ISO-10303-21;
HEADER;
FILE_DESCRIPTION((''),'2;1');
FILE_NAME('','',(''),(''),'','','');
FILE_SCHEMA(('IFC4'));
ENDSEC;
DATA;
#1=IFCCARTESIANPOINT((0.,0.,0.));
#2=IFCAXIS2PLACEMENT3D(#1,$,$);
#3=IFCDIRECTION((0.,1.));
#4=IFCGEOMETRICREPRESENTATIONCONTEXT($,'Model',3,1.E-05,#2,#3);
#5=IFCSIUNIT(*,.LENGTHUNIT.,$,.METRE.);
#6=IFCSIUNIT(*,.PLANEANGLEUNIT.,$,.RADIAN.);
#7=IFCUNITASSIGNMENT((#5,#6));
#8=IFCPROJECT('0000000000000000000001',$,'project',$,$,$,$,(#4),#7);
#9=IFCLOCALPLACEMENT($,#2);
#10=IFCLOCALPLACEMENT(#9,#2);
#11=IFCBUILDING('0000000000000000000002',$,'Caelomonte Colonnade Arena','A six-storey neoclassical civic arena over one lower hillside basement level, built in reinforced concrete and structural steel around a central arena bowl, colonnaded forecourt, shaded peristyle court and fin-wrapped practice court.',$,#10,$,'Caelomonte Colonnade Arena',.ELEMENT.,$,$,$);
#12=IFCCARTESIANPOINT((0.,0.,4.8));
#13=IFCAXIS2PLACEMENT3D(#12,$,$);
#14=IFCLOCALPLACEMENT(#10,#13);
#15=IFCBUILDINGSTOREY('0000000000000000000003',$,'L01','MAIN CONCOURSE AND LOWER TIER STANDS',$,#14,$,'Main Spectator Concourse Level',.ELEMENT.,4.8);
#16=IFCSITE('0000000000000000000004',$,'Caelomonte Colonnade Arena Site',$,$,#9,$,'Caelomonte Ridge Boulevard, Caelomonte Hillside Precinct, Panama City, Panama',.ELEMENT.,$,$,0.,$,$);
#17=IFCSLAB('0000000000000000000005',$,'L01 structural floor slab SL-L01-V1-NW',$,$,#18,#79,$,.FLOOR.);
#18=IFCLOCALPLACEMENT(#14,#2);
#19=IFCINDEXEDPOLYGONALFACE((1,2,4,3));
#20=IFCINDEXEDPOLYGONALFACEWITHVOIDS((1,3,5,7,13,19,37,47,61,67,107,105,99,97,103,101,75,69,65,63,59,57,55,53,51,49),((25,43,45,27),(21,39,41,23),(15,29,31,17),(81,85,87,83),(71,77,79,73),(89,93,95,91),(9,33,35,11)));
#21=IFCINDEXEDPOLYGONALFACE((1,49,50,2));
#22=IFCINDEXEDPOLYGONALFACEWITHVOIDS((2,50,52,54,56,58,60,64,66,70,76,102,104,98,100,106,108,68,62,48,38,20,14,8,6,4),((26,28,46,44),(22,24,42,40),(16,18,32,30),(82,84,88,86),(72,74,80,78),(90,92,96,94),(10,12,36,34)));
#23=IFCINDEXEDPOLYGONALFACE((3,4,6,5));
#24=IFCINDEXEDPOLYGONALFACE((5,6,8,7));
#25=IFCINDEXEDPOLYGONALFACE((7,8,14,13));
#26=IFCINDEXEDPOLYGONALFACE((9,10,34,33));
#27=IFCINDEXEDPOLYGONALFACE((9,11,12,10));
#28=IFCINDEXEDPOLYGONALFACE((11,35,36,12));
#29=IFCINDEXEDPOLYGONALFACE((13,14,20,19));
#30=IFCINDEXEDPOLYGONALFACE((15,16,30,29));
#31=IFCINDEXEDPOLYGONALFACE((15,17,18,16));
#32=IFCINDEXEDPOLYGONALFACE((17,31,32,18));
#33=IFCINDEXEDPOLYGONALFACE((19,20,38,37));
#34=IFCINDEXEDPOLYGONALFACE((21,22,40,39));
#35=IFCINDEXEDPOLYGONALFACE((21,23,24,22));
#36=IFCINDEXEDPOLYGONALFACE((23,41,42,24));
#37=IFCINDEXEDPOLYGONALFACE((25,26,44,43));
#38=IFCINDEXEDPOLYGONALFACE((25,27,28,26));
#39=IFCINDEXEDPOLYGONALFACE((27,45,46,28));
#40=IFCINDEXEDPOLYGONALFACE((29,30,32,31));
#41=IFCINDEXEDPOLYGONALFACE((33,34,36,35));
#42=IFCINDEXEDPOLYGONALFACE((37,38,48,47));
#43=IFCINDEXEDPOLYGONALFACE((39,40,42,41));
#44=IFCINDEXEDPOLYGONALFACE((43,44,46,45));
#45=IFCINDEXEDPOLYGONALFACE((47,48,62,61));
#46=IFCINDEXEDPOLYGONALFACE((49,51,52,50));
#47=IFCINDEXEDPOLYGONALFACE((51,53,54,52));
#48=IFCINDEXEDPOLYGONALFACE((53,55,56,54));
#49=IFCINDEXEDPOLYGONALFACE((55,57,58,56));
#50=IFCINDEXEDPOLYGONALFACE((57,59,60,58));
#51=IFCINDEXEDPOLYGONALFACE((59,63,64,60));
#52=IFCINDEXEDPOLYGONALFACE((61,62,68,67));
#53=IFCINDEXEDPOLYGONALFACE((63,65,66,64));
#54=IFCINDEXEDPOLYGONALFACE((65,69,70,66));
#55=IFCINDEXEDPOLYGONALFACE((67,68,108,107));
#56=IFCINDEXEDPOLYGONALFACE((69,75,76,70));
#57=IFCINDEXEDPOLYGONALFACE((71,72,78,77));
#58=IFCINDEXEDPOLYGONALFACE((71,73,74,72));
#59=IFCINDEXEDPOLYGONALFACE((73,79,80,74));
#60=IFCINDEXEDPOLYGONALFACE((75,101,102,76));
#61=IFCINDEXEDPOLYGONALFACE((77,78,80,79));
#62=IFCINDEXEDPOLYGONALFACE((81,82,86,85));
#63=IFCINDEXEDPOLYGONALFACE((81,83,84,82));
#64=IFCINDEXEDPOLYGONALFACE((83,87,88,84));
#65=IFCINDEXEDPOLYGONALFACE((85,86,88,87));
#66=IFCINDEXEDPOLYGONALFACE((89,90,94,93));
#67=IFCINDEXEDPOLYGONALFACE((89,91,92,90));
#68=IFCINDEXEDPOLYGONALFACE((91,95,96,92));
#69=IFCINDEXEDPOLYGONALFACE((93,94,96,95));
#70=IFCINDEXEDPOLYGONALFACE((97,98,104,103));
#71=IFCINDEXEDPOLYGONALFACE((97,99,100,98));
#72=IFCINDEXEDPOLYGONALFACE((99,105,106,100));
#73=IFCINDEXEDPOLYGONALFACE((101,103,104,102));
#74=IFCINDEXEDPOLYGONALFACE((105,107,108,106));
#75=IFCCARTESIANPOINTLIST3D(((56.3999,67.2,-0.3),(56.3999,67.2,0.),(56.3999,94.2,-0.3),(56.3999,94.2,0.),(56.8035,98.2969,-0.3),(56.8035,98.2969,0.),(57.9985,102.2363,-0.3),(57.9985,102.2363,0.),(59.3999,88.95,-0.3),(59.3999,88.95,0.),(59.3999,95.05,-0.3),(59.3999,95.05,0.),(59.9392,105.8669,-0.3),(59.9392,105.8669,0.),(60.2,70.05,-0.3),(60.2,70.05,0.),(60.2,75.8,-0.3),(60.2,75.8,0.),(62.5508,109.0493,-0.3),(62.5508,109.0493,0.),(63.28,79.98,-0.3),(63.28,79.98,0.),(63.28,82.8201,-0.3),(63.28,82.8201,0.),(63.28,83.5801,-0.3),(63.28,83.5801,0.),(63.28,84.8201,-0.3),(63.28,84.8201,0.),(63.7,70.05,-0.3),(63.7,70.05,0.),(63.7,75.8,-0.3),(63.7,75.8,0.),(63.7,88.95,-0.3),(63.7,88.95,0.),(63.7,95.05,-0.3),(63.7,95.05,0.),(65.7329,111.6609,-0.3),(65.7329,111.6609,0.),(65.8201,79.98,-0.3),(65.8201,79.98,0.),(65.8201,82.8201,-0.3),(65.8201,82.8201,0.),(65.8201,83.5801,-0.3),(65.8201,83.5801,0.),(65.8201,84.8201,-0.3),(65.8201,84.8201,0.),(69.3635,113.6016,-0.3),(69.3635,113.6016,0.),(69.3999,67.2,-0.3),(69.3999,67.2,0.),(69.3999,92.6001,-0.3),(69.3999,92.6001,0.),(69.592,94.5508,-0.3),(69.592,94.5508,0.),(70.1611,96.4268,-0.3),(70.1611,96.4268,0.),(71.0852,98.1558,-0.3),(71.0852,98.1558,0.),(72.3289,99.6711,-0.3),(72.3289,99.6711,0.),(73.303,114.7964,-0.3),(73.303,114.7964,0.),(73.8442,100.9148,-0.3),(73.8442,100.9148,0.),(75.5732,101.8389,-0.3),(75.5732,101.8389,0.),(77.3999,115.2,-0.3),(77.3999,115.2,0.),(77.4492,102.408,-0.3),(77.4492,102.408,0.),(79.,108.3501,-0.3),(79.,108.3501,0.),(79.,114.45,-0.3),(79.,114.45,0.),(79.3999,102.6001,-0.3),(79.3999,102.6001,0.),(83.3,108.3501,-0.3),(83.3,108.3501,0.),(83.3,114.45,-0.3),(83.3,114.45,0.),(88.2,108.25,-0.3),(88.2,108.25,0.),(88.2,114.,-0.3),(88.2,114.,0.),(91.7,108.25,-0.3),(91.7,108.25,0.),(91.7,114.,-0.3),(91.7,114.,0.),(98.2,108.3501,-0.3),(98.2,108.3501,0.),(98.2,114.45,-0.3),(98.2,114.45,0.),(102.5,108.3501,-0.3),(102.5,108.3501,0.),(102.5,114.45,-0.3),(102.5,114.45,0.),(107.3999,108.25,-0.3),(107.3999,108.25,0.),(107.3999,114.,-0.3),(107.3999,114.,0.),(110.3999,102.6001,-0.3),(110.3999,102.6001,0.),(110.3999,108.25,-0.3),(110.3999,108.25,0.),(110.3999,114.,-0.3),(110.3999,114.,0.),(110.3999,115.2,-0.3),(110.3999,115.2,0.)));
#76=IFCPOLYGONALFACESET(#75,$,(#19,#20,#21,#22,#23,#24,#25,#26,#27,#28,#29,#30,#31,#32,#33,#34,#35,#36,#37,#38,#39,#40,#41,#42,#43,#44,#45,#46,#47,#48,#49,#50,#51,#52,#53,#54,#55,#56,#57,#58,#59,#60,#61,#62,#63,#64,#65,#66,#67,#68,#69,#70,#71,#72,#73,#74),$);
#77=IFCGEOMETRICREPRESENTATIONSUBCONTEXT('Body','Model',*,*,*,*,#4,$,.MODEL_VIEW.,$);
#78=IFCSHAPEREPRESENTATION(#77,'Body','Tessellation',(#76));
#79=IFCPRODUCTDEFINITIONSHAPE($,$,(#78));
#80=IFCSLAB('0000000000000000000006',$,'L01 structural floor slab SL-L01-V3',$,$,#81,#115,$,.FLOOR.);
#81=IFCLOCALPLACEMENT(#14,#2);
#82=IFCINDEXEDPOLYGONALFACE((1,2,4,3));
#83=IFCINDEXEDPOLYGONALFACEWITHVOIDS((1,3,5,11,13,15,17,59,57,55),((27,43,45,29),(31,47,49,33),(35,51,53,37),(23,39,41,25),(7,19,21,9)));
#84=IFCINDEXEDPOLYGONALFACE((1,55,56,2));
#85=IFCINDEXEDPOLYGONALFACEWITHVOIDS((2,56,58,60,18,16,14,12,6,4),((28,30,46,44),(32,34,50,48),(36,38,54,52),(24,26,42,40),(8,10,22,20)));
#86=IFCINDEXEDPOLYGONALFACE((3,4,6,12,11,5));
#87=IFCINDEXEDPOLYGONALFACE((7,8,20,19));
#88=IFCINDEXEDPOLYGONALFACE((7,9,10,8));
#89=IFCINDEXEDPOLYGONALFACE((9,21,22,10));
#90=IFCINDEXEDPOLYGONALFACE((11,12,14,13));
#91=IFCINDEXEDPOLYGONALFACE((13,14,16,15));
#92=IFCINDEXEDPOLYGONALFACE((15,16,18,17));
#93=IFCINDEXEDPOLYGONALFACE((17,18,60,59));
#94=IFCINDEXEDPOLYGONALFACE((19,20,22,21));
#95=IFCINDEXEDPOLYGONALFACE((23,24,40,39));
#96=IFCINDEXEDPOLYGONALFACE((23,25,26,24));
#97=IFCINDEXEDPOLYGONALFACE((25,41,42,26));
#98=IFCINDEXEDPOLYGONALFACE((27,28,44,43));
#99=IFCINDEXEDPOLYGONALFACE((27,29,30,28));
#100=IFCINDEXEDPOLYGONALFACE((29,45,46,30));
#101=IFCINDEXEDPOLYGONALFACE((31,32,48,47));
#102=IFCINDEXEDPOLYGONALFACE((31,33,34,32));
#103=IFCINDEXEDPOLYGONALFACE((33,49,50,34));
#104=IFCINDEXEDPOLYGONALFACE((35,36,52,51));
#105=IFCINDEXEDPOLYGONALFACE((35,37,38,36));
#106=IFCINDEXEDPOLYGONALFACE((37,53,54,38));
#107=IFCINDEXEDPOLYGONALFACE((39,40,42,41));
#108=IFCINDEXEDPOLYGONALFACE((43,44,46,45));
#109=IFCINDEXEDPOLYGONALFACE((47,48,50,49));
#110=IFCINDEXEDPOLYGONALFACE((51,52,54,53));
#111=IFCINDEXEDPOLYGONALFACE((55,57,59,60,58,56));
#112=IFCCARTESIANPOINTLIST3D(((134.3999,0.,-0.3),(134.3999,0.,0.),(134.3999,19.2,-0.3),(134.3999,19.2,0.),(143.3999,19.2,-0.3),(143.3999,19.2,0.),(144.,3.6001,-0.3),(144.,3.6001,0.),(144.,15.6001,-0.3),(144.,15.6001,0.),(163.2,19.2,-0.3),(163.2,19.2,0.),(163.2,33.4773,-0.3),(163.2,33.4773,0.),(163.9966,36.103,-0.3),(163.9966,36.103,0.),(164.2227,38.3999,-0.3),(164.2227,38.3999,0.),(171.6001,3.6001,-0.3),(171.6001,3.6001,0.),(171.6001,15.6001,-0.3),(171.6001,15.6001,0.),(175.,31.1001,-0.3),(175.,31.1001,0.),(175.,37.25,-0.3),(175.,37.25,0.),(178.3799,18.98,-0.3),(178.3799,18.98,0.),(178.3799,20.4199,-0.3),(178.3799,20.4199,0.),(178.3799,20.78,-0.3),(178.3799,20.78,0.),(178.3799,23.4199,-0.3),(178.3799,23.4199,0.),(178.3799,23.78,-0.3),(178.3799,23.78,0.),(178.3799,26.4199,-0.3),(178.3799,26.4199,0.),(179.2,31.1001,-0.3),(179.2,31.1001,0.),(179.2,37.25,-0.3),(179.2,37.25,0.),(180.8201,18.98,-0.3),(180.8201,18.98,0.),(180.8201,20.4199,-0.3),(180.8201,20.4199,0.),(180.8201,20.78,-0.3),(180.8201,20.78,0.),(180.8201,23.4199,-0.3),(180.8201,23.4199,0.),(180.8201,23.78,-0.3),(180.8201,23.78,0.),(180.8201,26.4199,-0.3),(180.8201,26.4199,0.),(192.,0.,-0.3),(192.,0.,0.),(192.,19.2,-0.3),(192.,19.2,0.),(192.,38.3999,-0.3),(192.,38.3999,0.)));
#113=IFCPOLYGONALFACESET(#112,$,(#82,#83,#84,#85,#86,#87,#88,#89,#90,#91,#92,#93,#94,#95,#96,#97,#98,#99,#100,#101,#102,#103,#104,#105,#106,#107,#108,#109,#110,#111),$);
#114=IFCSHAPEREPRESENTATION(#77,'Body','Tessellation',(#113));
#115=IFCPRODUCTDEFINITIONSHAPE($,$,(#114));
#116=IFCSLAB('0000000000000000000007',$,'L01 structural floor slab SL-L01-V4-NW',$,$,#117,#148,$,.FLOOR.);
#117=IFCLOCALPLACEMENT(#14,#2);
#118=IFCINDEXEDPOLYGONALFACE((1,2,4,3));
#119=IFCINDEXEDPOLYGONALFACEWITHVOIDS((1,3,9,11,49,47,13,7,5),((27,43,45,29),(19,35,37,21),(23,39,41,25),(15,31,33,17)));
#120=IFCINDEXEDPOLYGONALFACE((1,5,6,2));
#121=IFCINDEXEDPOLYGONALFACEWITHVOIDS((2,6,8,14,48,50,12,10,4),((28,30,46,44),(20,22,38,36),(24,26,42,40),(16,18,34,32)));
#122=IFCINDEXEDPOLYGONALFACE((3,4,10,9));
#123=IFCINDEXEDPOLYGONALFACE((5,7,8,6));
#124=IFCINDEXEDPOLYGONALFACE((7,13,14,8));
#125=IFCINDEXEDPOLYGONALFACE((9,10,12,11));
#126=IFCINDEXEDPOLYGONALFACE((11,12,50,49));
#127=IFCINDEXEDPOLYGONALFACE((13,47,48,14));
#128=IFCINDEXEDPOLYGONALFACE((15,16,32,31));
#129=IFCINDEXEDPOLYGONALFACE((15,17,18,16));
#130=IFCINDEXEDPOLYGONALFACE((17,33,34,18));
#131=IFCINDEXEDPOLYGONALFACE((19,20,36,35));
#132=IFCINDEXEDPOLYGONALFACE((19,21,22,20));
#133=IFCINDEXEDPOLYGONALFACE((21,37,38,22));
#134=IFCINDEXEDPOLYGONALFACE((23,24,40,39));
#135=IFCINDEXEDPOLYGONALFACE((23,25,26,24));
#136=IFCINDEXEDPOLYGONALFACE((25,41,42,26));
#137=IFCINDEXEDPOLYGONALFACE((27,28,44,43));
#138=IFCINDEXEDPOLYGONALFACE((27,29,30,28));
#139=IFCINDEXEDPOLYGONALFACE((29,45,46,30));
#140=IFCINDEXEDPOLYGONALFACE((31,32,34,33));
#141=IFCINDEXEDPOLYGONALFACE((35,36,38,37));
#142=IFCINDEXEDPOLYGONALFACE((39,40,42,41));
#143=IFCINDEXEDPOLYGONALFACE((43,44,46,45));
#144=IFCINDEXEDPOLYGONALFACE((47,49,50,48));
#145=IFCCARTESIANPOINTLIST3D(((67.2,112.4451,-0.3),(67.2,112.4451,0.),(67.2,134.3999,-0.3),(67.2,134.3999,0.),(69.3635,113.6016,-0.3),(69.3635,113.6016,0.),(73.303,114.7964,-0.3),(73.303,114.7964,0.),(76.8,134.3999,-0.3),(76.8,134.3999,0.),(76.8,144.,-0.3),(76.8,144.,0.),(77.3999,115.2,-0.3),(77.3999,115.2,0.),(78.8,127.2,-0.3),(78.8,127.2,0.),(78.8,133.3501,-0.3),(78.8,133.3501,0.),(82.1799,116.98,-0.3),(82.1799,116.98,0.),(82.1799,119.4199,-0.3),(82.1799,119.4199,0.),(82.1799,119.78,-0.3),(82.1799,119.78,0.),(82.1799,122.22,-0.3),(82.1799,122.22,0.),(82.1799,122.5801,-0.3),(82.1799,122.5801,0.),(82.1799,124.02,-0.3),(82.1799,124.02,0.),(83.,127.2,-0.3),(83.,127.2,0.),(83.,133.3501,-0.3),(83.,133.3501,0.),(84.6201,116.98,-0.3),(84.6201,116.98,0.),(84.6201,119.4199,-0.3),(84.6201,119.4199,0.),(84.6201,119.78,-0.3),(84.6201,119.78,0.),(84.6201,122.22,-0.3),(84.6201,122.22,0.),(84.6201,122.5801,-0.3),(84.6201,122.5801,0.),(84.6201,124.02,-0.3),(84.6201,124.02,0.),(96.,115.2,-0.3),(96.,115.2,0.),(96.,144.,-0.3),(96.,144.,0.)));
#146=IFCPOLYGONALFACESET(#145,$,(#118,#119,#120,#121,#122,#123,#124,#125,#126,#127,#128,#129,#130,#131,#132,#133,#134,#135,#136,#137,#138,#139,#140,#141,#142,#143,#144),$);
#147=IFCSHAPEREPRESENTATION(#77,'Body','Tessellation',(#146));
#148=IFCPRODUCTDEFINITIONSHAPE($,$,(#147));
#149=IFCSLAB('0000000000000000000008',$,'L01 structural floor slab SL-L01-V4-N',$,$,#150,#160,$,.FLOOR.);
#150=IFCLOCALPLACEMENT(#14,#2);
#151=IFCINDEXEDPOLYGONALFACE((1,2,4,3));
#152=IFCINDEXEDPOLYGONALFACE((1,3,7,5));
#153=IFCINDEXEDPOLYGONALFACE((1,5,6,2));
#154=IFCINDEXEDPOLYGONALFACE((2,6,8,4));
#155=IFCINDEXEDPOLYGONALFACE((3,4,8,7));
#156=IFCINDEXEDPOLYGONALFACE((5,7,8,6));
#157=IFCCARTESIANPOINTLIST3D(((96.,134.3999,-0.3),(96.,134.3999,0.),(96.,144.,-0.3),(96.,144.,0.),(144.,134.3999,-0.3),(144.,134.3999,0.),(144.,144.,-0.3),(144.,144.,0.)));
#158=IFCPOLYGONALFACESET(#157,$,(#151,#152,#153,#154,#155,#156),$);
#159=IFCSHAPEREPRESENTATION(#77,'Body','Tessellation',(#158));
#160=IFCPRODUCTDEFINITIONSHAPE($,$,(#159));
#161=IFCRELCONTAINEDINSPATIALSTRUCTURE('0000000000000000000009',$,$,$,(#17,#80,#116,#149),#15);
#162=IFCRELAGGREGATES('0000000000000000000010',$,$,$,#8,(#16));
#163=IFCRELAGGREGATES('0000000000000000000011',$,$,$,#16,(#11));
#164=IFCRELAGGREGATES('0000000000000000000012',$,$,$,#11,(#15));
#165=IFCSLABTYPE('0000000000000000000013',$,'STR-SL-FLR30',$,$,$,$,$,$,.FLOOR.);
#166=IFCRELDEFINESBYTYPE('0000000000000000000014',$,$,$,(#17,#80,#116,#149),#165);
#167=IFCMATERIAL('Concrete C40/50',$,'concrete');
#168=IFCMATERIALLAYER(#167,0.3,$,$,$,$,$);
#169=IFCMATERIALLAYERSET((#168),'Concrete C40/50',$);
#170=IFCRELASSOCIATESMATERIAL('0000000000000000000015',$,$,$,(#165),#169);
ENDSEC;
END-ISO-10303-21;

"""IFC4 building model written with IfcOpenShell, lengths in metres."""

from ifc_helpers import new_model, si_unit, direction, frame, origin, place, context, subcontext, project, spatial, polyline, outline, extrude, material, layer, layer_set, type_object, element, save


model = new_model("IFC4")

# Units and contexts
model_context = context("Model", 3, precision=1e-05, world=origin(), true_north=direction((0.0, 1.0)))
body_context = subcontext(model_context, "Body", "Model", "MODEL_VIEW")
ifc_project = project(units=[si_unit("LENGTHUNIT", "METRE"), si_unit("PLANEANGLEUNIT", "RADIAN")], contexts=[model_context])

# Site, building, storey
site_placement = place(None, origin())
site = spatial("IfcSite", under=ifc_project, at=site_placement, Name="Caelomonte Colonnade Arena Site", LongName="Caelomonte Ridge Boulevard, Caelomonte Hillside Precinct, Panama City, Panama", CompositionType="ELEMENT", RefElevation=0.0)
building_placement = place(site_placement, origin())
building = spatial("IfcBuilding", under=site, at=building_placement, Name="Caelomonte Colonnade Arena", Description="A six-storey neoclassical civic arena over one lower hillside basement level, built in reinforced concrete and structural steel around a central arena bowl, colonnaded forecourt, shaded peristyle court and fin-wrapped practice court.", LongName="Caelomonte Colonnade Arena", CompositionType="ELEMENT")
storey_placement = place(building_placement, frame((0.0, 0.0, 4.8)))
storey = spatial("IfcBuildingStorey", under=building, at=storey_placement, Name="L01", Description="MAIN CONCOURSE AND LOWER TIER STANDS", LongName="Main Spectator Concourse Level", CompositionType="ELEMENT", Elevation=4.8)

# Shared definitions
ifc_material_1 = material(Name="Concrete C40/50", Category="concrete")

# Slabs
ifc_layer_1 = layer(ifc_material_1, 0.3)
ifc_layer_set_1 = layer_set([ifc_layer_1], Name="Concrete C40/50")
slab_type_1 = type_object("IfcSlabType", Name="STR-SL-FLR30", PredefinedType="FLOOR", material=ifc_layer_set_1)
slab_1_placement = place(storey_placement, frame((0.0, 0.0, -0.3)))
element("IfcSlab", 1, at=slab_1_placement, inside=storey, type_object=slab_type_1, Name="L01 structural floor slab SL-L01-V1-NW", PredefinedType="FLOOR", context=body_context, shape_type="SweptSolid", body=[
    extrude(outline(polyline([(56.3999, 94.2), (56.3999, 67.2), (69.3999, 67.2), (69.3999, 92.6001), (69.592, 94.5508), (70.1611, 96.4268), (71.0852, 98.1558), (72.3289, 99.6711), (73.8442, 100.9148), (75.5732, 101.8389), (77.4492, 102.408), (79.3999, 102.6001), (110.3999, 102.6001), (110.3999, 108.25), (107.3999, 108.25), (107.3999, 114.0), (110.3999, 114.0), (110.3999, 115.2), (77.3999, 115.2), (73.303, 114.7964), (69.3635, 113.6016), (65.7329, 111.6609), (62.5508, 109.0493), (59.9392, 105.8669), (57.9985, 102.2363), (56.8035, 98.2969), (56.3999, 94.2)]), holes=[polyline([(60.2, 75.8), (63.7, 75.8), (63.7, 70.05), (60.2, 70.05), (60.2, 75.8)]), polyline([(63.28, 82.8201), (65.8201, 82.8201), (65.8201, 79.98), (63.28, 79.98), (63.28, 82.8201)]), polyline([(63.28, 83.5801), (63.28, 84.8201), (65.8201, 84.8201), (65.8201, 83.5801), (63.28, 83.5801)]), polyline([(59.3999, 88.95), (59.3999, 95.05), (63.7, 95.05), (63.7, 88.95), (59.3999, 88.95)]), polyline([(79.0, 108.3501), (79.0, 114.45), (83.3, 114.45), (83.3, 108.3501), (79.0, 108.3501)]), polyline([(88.2, 108.25), (88.2, 114.0), (91.7, 114.0), (91.7, 108.25), (88.2, 108.25)]), polyline([(98.2, 114.45), (102.5, 114.45), (102.5, 108.3501), (98.2, 108.3501), (98.2, 114.45)])]), origin(), (0.0, 0.0, 1.0), 0.3),
])
slab_2_placement = place(storey_placement, frame((0.0, 0.0, -0.3)))
element("IfcSlab", 2, at=slab_2_placement, inside=storey, type_object=slab_type_1, Name="L01 structural floor slab SL-L01-V3", PredefinedType="FLOOR", context=body_context, shape_type="SweptSolid", body=[
    extrude(outline(polyline([(134.3999, 19.2), (134.3999, 0.0), (192.0, 0.0), (192.0, 19.2), (192.0, 38.3999), (164.2227, 38.3999), (163.9966, 36.103), (163.2, 33.4773), (163.2, 19.2), (143.3999, 19.2), (134.3999, 19.2)]), holes=[polyline([(171.6001, 15.6001), (171.6001, 3.6001), (144.0, 3.6001), (144.0, 15.6001), (171.6001, 15.6001)]), polyline([(178.3799, 18.98), (178.3799, 20.4199), (180.8201, 20.4199), (180.8201, 18.98), (178.3799, 18.98)]), polyline([(178.3799, 23.4199), (180.8201, 23.4199), (180.8201, 20.78), (178.3799, 20.78), (178.3799, 23.4199)]), polyline([(178.3799, 26.4199), (180.8201, 26.4199), (180.8201, 23.78), (178.3799, 23.78), (178.3799, 26.4199)]), polyline([(175.0, 31.1001), (175.0, 37.25), (179.2, 37.25), (179.2, 31.1001), (175.0, 31.1001)])]), origin(), (0.0, 0.0, 1.0), 0.3),
])
slab_3_placement = place(storey_placement, frame((0.0, 0.0, -0.3)))
element("IfcSlab", 3, at=slab_3_placement, inside=storey, type_object=slab_type_1, Name="L01 structural floor slab SL-L01-V4-NW", PredefinedType="FLOOR", context=body_context, shape_type="SweptSolid", body=[
    extrude(outline(polyline([(96.0, 115.2), (96.0, 144.0), (76.8, 144.0), (76.8, 134.3999), (67.2, 134.3999), (67.2, 112.4451), (69.3635, 113.6016), (73.303, 114.7964), (77.3999, 115.2), (96.0, 115.2)]), holes=[polyline([(78.8, 133.3501), (83.0, 133.3501), (83.0, 127.2), (78.8, 127.2), (78.8, 133.3501)]), polyline([(82.1799, 116.98), (82.1799, 119.4199), (84.6201, 119.4199), (84.6201, 116.98), (82.1799, 116.98)]), polyline([(82.1799, 122.22), (84.6201, 122.22), (84.6201, 119.78), (82.1799, 119.78), (82.1799, 122.22)]), polyline([(82.1799, 124.02), (84.6201, 124.02), (84.6201, 122.5801), (82.1799, 122.5801), (82.1799, 124.02)])]), origin(), (0.0, 0.0, 1.0), 0.3),
])
slab_4_placement = place(storey_placement, frame((0.0, 0.0, -0.3)))
element("IfcSlab", 4, at=slab_4_placement, inside=storey, type_object=slab_type_1, Name="L01 structural floor slab SL-L01-V4-N", PredefinedType="FLOOR", context=body_context, shape_type="SweptSolid", body=[
    extrude(outline(polyline([(96.0, 134.3999), (144.0, 134.3999), (144.0, 144.0), (96.0, 144.0), (96.0, 134.3999)])), origin(), (0.0, 0.0, 1.0), 0.3),
])

save(model, "model.ifc")
